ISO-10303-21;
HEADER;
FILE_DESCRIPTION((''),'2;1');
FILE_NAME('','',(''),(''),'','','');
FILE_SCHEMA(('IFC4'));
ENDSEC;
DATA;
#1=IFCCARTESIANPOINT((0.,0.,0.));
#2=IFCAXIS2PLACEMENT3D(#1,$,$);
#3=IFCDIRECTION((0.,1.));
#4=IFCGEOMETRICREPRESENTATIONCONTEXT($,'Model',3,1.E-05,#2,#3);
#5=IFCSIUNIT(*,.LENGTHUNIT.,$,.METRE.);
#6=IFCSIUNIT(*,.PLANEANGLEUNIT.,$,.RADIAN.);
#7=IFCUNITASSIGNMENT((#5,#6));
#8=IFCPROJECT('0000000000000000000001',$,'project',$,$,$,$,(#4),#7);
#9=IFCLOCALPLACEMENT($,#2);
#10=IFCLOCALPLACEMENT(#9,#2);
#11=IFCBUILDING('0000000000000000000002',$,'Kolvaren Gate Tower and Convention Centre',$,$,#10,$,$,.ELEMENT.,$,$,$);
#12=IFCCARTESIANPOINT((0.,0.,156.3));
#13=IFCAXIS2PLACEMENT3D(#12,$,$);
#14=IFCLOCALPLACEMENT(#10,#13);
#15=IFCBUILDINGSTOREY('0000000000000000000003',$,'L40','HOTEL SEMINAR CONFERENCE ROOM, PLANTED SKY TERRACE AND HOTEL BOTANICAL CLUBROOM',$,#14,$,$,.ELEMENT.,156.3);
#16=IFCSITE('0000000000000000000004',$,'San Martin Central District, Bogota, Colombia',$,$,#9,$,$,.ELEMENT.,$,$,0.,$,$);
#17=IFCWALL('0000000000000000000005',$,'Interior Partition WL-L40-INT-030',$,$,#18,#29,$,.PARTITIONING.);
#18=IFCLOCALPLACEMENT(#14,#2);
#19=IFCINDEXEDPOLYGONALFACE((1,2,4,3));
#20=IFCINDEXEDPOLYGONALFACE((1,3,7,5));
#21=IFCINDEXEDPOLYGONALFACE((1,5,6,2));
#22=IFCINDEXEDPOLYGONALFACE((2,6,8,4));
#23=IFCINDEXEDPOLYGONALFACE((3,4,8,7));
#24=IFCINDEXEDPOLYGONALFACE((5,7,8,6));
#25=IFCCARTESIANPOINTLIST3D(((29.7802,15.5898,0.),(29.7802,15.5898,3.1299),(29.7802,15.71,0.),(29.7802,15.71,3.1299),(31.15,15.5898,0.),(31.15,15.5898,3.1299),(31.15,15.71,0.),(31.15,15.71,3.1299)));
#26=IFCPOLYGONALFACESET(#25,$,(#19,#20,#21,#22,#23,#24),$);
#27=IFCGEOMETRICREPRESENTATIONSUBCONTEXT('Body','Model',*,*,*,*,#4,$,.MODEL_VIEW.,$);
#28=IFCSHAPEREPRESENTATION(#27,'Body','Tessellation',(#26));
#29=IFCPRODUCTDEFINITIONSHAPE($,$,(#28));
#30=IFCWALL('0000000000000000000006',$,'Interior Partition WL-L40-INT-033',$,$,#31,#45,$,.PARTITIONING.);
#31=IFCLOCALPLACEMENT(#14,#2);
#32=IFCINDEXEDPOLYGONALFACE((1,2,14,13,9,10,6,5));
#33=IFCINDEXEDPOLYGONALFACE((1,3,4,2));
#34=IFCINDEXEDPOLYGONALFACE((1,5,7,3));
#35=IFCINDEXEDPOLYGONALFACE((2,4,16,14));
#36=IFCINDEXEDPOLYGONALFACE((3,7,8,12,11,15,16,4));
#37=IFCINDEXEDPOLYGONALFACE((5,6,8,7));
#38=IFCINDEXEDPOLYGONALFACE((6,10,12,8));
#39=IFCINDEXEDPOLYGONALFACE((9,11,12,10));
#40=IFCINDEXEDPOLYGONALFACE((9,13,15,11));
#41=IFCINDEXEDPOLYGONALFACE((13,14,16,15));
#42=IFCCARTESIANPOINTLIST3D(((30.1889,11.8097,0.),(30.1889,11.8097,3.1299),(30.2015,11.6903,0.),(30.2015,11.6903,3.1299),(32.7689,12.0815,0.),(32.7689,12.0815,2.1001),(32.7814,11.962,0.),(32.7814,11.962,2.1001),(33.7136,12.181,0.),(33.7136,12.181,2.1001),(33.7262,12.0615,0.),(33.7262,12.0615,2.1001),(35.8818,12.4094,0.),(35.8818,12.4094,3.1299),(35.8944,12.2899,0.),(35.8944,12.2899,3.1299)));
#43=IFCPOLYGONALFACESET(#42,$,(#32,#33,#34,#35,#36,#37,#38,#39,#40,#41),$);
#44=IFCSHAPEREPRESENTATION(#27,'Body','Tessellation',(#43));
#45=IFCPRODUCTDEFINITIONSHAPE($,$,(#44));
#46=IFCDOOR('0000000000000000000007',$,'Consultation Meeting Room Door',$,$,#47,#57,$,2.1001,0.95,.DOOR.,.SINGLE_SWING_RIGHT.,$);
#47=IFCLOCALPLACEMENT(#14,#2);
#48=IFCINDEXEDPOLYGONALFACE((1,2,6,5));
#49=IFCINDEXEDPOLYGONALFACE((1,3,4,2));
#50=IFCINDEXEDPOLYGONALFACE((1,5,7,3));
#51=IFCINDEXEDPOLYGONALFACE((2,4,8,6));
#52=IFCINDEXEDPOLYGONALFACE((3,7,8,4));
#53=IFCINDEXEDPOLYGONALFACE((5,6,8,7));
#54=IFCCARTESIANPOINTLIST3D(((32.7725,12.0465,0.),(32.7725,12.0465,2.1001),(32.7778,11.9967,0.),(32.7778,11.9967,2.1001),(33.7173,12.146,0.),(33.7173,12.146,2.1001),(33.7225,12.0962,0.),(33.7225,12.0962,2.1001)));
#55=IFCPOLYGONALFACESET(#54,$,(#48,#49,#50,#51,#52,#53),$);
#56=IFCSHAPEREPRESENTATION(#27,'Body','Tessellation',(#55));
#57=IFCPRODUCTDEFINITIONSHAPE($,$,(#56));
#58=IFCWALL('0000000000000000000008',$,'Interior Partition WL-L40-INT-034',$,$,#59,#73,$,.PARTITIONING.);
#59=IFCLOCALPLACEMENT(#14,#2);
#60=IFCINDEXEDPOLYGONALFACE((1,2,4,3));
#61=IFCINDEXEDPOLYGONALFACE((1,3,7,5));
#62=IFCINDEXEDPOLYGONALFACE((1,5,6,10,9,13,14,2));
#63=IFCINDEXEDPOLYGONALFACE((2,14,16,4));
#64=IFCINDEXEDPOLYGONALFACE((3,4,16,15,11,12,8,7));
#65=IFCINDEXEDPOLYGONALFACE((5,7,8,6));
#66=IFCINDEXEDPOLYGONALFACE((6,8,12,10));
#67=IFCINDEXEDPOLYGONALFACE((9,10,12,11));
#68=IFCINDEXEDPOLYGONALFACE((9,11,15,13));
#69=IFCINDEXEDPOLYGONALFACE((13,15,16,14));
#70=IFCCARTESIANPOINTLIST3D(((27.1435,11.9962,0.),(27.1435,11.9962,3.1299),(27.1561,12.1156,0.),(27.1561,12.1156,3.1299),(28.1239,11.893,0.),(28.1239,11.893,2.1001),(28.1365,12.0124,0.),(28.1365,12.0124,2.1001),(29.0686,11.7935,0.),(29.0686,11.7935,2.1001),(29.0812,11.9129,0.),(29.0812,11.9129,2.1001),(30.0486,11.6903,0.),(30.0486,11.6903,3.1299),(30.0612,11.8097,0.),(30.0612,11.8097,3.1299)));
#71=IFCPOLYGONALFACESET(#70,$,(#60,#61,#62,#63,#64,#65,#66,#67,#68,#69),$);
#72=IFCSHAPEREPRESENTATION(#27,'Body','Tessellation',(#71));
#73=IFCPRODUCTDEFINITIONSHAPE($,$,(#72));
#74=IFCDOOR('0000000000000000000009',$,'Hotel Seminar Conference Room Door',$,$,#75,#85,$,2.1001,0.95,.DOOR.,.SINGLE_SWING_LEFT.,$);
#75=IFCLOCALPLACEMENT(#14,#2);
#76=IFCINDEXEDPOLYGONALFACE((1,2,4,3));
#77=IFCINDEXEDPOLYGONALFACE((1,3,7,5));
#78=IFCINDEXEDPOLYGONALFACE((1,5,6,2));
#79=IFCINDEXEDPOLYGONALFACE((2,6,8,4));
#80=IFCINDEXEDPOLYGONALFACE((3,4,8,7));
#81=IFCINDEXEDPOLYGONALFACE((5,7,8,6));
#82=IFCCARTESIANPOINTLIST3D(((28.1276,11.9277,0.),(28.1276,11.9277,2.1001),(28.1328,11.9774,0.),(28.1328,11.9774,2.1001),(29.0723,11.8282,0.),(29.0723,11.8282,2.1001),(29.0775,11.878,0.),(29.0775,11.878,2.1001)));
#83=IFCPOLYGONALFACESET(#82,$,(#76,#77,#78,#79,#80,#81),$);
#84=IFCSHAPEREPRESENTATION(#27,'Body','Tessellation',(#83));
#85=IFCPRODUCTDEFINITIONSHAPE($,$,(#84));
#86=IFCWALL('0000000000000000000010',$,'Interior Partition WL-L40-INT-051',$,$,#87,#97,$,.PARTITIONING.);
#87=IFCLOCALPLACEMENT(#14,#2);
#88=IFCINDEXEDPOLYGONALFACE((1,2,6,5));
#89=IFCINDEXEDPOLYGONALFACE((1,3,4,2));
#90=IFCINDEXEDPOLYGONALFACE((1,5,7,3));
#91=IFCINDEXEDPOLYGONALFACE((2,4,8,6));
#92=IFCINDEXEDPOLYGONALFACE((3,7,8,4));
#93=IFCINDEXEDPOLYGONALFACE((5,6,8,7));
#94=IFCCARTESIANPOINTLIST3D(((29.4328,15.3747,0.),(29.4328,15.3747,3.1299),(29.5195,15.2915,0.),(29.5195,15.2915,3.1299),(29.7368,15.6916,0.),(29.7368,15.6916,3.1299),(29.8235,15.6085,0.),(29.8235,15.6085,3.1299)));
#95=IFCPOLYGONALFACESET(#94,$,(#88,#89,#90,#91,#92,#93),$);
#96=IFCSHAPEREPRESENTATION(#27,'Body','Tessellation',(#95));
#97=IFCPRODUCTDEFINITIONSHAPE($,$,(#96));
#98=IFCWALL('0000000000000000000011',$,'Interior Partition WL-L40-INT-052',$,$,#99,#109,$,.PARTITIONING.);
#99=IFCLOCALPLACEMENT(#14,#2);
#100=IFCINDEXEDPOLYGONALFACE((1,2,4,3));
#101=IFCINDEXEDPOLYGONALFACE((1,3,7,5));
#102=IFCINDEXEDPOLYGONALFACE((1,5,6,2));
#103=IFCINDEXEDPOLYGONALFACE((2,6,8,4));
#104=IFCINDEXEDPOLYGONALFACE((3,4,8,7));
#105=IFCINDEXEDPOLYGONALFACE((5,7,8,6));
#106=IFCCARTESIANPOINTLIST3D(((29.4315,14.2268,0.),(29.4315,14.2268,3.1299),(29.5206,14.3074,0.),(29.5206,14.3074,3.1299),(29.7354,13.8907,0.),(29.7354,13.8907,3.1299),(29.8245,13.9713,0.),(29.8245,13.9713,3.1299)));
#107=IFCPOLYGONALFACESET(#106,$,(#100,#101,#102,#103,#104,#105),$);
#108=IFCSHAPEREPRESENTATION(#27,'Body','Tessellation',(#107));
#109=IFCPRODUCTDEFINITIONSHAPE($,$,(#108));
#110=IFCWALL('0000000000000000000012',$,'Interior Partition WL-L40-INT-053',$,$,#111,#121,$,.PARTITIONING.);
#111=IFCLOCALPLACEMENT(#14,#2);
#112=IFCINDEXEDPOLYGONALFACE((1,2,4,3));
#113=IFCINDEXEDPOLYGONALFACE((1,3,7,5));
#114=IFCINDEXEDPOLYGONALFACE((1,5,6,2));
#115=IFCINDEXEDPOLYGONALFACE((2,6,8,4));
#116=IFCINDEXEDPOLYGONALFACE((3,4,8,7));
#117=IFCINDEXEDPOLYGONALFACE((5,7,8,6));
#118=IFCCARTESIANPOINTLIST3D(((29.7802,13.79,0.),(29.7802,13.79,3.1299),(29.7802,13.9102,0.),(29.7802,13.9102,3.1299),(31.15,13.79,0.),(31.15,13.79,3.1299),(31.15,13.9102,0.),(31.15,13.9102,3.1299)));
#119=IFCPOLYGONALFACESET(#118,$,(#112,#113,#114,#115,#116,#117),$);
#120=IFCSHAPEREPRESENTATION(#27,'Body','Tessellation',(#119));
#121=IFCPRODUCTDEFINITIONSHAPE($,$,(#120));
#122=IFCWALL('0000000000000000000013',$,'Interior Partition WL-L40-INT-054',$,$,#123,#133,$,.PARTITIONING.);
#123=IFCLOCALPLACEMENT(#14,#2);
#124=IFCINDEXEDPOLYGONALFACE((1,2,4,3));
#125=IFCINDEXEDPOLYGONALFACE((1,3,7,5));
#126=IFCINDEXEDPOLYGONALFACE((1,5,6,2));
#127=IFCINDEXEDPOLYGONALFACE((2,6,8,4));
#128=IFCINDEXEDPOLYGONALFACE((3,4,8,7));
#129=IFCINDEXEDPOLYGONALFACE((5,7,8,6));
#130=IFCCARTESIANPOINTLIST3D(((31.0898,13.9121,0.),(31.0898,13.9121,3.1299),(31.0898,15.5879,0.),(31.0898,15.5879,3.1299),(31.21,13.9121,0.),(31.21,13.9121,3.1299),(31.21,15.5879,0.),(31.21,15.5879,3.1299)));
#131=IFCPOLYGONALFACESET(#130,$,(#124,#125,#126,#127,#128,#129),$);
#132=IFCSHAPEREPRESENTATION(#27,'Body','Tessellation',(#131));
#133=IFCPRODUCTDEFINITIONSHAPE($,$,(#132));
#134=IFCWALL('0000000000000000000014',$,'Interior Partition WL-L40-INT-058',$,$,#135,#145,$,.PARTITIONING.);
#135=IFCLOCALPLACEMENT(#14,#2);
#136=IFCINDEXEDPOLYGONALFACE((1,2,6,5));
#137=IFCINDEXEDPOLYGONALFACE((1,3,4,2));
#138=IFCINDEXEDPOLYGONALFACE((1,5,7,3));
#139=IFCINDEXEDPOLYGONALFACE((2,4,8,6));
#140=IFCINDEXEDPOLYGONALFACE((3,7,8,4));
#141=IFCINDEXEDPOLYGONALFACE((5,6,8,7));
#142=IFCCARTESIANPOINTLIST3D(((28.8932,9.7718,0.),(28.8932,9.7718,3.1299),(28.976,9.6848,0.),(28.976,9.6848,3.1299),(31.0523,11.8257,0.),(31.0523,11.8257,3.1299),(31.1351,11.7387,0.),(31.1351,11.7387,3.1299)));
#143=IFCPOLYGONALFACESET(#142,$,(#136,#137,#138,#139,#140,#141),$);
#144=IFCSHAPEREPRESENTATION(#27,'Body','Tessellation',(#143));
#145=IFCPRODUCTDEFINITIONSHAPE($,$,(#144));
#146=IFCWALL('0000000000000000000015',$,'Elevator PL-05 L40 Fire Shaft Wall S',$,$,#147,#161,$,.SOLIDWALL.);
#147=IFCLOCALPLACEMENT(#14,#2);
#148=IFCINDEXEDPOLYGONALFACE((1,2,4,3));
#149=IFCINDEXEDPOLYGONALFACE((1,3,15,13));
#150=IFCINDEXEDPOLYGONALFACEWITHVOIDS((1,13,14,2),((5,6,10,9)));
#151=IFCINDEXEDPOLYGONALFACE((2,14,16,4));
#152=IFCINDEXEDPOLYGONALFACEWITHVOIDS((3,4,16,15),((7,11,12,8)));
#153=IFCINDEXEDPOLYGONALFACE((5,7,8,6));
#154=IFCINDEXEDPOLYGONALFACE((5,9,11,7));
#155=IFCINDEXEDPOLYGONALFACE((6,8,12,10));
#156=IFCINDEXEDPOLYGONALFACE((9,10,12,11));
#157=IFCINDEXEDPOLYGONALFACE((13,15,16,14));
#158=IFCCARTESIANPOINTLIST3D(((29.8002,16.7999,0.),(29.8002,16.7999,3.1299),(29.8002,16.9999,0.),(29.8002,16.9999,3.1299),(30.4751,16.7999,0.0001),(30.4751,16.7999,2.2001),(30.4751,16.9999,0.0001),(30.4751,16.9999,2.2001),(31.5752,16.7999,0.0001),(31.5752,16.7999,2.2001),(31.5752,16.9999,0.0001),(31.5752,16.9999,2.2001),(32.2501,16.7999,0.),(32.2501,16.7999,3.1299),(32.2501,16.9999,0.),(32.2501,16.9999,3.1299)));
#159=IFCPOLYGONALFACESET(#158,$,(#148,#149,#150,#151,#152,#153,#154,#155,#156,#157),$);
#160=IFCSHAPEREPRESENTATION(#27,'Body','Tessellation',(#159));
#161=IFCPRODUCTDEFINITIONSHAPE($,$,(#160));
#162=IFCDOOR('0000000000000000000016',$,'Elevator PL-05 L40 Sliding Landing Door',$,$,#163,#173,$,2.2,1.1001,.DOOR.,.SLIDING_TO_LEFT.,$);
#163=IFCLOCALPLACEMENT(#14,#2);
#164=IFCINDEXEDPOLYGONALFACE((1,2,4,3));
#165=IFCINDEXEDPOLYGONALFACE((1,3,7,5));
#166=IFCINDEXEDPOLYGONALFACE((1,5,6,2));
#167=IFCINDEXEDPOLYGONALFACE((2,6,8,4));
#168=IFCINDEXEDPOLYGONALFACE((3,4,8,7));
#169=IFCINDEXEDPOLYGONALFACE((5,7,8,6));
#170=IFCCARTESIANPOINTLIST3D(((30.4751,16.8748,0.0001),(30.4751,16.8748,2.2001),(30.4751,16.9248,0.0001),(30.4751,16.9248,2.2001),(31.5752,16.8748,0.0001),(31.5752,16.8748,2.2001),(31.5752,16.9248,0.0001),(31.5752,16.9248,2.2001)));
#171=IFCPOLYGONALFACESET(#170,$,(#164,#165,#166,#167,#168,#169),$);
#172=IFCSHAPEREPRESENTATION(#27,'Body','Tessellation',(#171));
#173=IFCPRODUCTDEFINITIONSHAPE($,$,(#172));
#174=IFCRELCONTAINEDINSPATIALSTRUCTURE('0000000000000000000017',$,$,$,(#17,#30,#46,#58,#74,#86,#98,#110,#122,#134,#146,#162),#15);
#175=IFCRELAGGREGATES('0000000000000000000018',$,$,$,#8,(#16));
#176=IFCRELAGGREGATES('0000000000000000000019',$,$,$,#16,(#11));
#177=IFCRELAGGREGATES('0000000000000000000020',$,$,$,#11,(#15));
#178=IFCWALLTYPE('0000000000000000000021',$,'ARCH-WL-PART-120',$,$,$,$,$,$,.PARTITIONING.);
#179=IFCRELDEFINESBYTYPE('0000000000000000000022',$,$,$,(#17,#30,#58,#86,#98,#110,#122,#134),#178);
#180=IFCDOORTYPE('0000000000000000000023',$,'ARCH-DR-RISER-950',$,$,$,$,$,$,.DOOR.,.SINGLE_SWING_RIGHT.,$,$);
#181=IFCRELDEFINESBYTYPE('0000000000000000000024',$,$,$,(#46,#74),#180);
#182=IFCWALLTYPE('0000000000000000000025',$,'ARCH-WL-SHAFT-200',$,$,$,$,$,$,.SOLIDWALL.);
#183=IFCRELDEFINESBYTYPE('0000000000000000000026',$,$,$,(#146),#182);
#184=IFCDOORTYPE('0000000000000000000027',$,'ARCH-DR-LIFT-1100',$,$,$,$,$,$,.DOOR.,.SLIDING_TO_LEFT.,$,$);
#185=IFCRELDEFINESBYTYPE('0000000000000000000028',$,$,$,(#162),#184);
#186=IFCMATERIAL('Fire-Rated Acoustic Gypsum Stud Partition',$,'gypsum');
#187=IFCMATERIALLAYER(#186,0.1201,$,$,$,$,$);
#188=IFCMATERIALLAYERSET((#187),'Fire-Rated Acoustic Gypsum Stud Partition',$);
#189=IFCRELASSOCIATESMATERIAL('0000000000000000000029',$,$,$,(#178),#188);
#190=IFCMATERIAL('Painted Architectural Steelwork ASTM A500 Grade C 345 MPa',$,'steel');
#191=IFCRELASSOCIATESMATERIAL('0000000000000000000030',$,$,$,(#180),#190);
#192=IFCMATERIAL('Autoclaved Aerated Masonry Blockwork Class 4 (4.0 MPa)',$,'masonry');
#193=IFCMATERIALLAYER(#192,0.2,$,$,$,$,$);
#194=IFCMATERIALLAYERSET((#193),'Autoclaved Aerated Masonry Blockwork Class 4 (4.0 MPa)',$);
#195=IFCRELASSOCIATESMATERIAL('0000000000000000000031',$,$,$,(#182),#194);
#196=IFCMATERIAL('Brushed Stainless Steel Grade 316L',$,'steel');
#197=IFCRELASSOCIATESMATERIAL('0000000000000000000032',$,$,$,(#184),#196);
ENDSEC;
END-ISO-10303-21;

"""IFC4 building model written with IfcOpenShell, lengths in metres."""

from ifc_helpers import new_model, si_unit, direction, frame, frame_2d, origin, place, context, subcontext, project, spatial, rectangle, extrude, material, layer, layer_set, type_object, element, fill, save


model = new_model("IFC4")

# Units and contexts
model_context = context("Model", 3, precision=1e-05, world=origin(), true_north=direction((0.0, 1.0)))
body_context = subcontext(model_context, "Body", "Model", "MODEL_VIEW")
ifc_project = project(units=[si_unit("LENGTHUNIT", "METRE"), si_unit("PLANEANGLEUNIT", "RADIAN")], contexts=[model_context])

# Site, building, storey
site_placement = place(None, origin())
site = spatial("IfcSite", under=ifc_project, at=site_placement, Name="San Martin Central District, Bogota, Colombia", CompositionType="ELEMENT", RefElevation=0.0)
building_placement = place(site_placement, origin())
building = spatial("IfcBuilding", under=site, at=building_placement, Name="Kolvaren Gate Tower and Convention Centre", CompositionType="ELEMENT")
storey_placement = place(building_placement, frame((0.0, 0.0, 156.3)))
storey = spatial("IfcBuildingStorey", under=building, at=storey_placement, Name="L40", Description="HOTEL SEMINAR CONFERENCE ROOM, PLANTED SKY TERRACE AND HOTEL BOTANICAL CLUBROOM", CompositionType="ELEMENT", Elevation=156.3)

# Wall
ifc_material_1 = material(Name="Fire-Rated Acoustic Gypsum Stud Partition", Category="gypsum")
ifc_layer_1 = layer(ifc_material_1, 0.1201)
ifc_layer_set_1 = layer_set([ifc_layer_1], Name="Fire-Rated Acoustic Gypsum Stud Partition")
wall_type_1 = type_object("IfcWallType", Name="ARCH-WL-PART-120", PredefinedType="PARTITIONING", material=ifc_layer_set_1)
wall_1_placement = place(storey_placement, frame((29.78, 15.6499, 0.0), z_axis=(0.0, 0.0, 1.0), x_axis=(1.0, 0.0, 0.0)))
element("IfcWall", 1, at=wall_1_placement, inside=storey, type_object=wall_type_1, Name="Interior Partition WL-L40-INT-030", PredefinedType="PARTITIONING", context=body_context, shape_type="SweptSolid", body=[
    extrude(rectangle(XDim=1.3699, YDim=0.1201, at=frame_2d((0.6851, 0.0))), origin(), (0.0, 0.0, 1.0), 3.1299),
])

# Walls, openings, doors
wall_2_placement = place(storey_placement, frame((30.1951, 11.75, 0.0), z_axis=(0.0, 0.0, 1.0), x_axis=(0.994499, 0.104747, 0.0)))
wall_2 = element("IfcWall", 2, at=wall_2_placement, inside=storey, type_object=wall_type_1, Name="Interior Partition WL-L40-INT-033", PredefinedType="PARTITIONING", context=body_context, shape_type="SweptSolid", body=[
    extrude(rectangle(XDim=5.7244, YDim=0.1201, at=frame_2d((2.8623, 0.0))), origin(), (0.0, 0.0, 1.0), 3.1299),
])
opening_1_placement = place(wall_2_placement, frame((2.5942, 0.0, 0.0)))
opening_1 = element("IfcOpeningElement", 3, at=opening_1_placement, cuts=wall_2, PredefinedType="OPENING", context=body_context, shape_type="SweptSolid", body=[
    extrude(rectangle(XDim=0.95, YDim=2.1001, at=frame_2d((0.4751, 1.05))), frame((0.0, 0.0701, 0.0), z_axis=(0.0, -1.0, 0.0), x_axis=(1.0, 0.0, 0.0)), (0.0, 0.0, 1.0), 0.1401),
])
ifc_material_2 = material(Name="Painted Architectural Steelwork ASTM A500 Grade C 345 MPa", Category="steel")
door_type_1 = type_object("IfcDoorType", Name="ARCH-DR-RISER-950", OperationType="SINGLE_SWING_RIGHT", PredefinedType="DOOR", material=ifc_material_2)
door_1_placement = place(opening_1_placement, origin())
door_1 = element("IfcDoor", 4, at=door_1_placement, inside=storey, type_object=door_type_1, Name="Consultation Meeting Room Door", OperationType="SINGLE_SWING_RIGHT", OverallHeight=2.1001, OverallWidth=0.95, PredefinedType="DOOR", context=body_context, shape_type="SweptSolid", body=[
    extrude(rectangle(XDim=0.95, YDim=2.1001, at=frame_2d((0.4751, 1.05))), frame((0.0, 0.0249, 0.0), z_axis=(0.0, -1.0, 0.0), x_axis=(1.0, 0.0, 0.0)), (0.0, 0.0, 1.0), 0.05),
])
fill(opening_1, door_1)
wall_3_placement = place(storey_placement, frame((27.1499, 12.0559, 0.0), z_axis=(0.0, 0.0, 1.0), x_axis=(0.994501, -0.104724, 0.0)))
wall_3 = element("IfcWall", 5, at=wall_3_placement, inside=storey, type_object=wall_type_1, Name="Interior Partition WL-L40-INT-034", PredefinedType="PARTITIONING", context=body_context, shape_type="SweptSolid", body=[
    extrude(rectangle(XDim=2.9211, YDim=0.1201, at=frame_2d((1.4604, 0.0))), origin(), (0.0, 0.0, 1.0), 3.1299),
])
opening_2_placement = place(wall_3_placement, frame((0.9856, 0.0, 0.0)))
opening_2 = element("IfcOpeningElement", 6, at=opening_2_placement, cuts=wall_3, PredefinedType="OPENING", context=body_context, shape_type="SweptSolid", body=[
    extrude(rectangle(XDim=0.95, YDim=2.1001, at=frame_2d((0.4751, 1.05))), frame((0.0, 0.0701, 0.0), z_axis=(0.0, -1.0, 0.0), x_axis=(1.0, 0.0, 0.0)), (0.0, 0.0, 1.0), 0.1401),
])
door_2_placement = place(opening_2_placement, origin())
door_2 = element("IfcDoor", 7, at=door_2_placement, inside=storey, type_object=door_type_1, Name="Hotel Seminar Conference Room Door", OperationType="SINGLE_SWING_LEFT", OverallHeight=2.1001, OverallWidth=0.95, PredefinedType="DOOR", context=body_context, shape_type="SweptSolid", body=[
    extrude(rectangle(XDim=0.95, YDim=2.1001, at=frame_2d((0.4751, 1.05))), frame((0.0, 0.0249, 0.0), z_axis=(0.0, -1.0, 0.0), x_axis=(1.0, 0.0, 0.0)), (0.0, 0.0, 1.0), 0.05),
])
fill(opening_2, door_2)

# Walls
wall_4_placement = place(storey_placement, frame((29.4761, 15.333, 0.0), z_axis=(0.0, 0.0, 1.0), x_axis=(0.692219, 0.721687, 0.0)))
element("IfcWall", 8, at=wall_4_placement, inside=storey, type_object=wall_type_1, Name="Interior Partition WL-L40-INT-051", PredefinedType="PARTITIONING", context=body_context, shape_type="SweptSolid", body=[
    extrude(rectangle(XDim=0.4392, YDim=0.1201, at=frame_2d((0.2197, 0.0))), origin(), (0.0, 0.0, 1.0), 3.1299),
])
wall_5_placement = place(storey_placement, frame((29.4761, 14.2671, 0.0), z_axis=(0.0, 0.0, 1.0), x_axis=(0.670659, -0.741765, 0.0)))
element("IfcWall", 9, at=wall_5_placement, inside=storey, type_object=wall_type_1, Name="Interior Partition WL-L40-INT-052", PredefinedType="PARTITIONING", context=body_context, shape_type="SweptSolid", body=[
    extrude(rectangle(XDim=0.4531, YDim=0.1201, at=frame_2d((0.2266, 0.0))), origin(), (0.0, 0.0, 1.0), 3.1299),
])
wall_6_placement = place(storey_placement, frame((29.78, 13.8501, 0.0), z_axis=(0.0, 0.0, 1.0), x_axis=(1.0, 0.0, 0.0)))
element("IfcWall", 10, at=wall_6_placement, inside=storey, type_object=wall_type_1, Name="Interior Partition WL-L40-INT-053", PredefinedType="PARTITIONING", context=body_context, shape_type="SweptSolid", body=[
    extrude(rectangle(XDim=1.3699, YDim=0.1201, at=frame_2d((0.6851, 0.0))), origin(), (0.0, 0.0, 1.0), 3.1299),
])
wall_7_placement = place(storey_placement, frame((31.1499, 13.9121, 0.0), z_axis=(0.0, 0.0, 1.0), x_axis=(0.0, 1.0, 0.0)))
element("IfcWall", 11, at=wall_7_placement, inside=storey, type_object=wall_type_1, Name="Interior Partition WL-L40-INT-054", PredefinedType="PARTITIONING", context=body_context, shape_type="SweptSolid", body=[
    extrude(rectangle(XDim=1.6758, YDim=0.1201, at=frame_2d((0.8379, 0.0))), origin(), (0.0, 0.0, 1.0), 3.1299),
])
wall_8_placement = place(storey_placement, frame((28.9346, 9.7283, 0.0), z_axis=(0.0, 0.0, 1.0), x_axis=(0.724541, 0.689232, 0.0)))
element("IfcWall", 12, at=wall_8_placement, inside=storey, type_object=wall_type_1, Name="Interior Partition WL-L40-INT-058", PredefinedType="PARTITIONING", context=body_context, shape_type="SweptSolid", body=[
    extrude(rectangle(XDim=2.98, YDim=0.1201, at=frame_2d((1.49, 0.0))), origin(), (0.0, 0.0, 1.0), 3.1299),
])

# Wall, opening, door
ifc_material_3 = material(Name="Autoclaved Aerated Masonry Blockwork Class 4 (4.0 MPa)", Category="masonry")
ifc_layer_2 = layer(ifc_material_3, 0.2)
ifc_layer_set_2 = layer_set([ifc_layer_2], Name="Autoclaved Aerated Masonry Blockwork Class 4 (4.0 MPa)")
wall_type_2 = type_object("IfcWallType", Name="ARCH-WL-SHAFT-200", PredefinedType="SOLIDWALL", material=ifc_layer_set_2)
wall_9_placement = place(storey_placement, frame((29.8, 16.8999, 0.0), z_axis=(0.0, 0.0, 1.0), x_axis=(1.0, 0.0, 0.0)))
wall_9 = element("IfcWall", 13, at=wall_9_placement, inside=storey, type_object=wall_type_2, Name="Elevator PL-05 L40 Fire Shaft Wall S", PredefinedType="SOLIDWALL", context=body_context, shape_type="SweptSolid", body=[
    extrude(rectangle(XDim=2.45, YDim=0.2, at=frame_2d((1.2251, 0.0))), origin(), (0.0, 0.0, 1.0), 3.1299),
])
opening_3_placement = place(wall_9_placement, frame((0.675, 0.0, 0.0)))
opening_3 = element("IfcOpeningElement", 14, at=opening_3_placement, cuts=wall_9, PredefinedType="OPENING", context=body_context, shape_type="SweptSolid", body=[
    extrude(rectangle(XDim=1.1001, YDim=2.2, at=frame_2d((0.55, 1.1001))), frame((0.0, 0.1099, 0.0), z_axis=(0.0, -1.0, 0.0), x_axis=(1.0, 0.0, 0.0)), (0.0, 0.0, 1.0), 0.22),
])
ifc_material_4 = material(Name="Brushed Stainless Steel Grade 316L", Category="steel")
door_type_2 = type_object("IfcDoorType", Name="ARCH-DR-LIFT-1100", OperationType="SLIDING_TO_LEFT", PredefinedType="DOOR", material=ifc_material_4)
door_3_placement = place(opening_3_placement, origin())
door_3 = element("IfcDoor", 15, at=door_3_placement, inside=storey, type_object=door_type_2, Name="Elevator PL-05 L40 Sliding Landing Door", OperationType="SLIDING_TO_LEFT", OverallHeight=2.2, OverallWidth=1.1001, PredefinedType="DOOR", context=body_context, shape_type="SweptSolid", body=[
    extrude(rectangle(XDim=1.1001, YDim=2.2, at=frame_2d((0.55, 1.1001))), frame((0.0, 0.0249, 0.0), z_axis=(0.0, -1.0, 0.0), x_axis=(1.0, 0.0, 0.0)), (0.0, 0.0, 1.0), 0.05),
])
fill(opening_3, door_3)

save(model, "model.ifc")
